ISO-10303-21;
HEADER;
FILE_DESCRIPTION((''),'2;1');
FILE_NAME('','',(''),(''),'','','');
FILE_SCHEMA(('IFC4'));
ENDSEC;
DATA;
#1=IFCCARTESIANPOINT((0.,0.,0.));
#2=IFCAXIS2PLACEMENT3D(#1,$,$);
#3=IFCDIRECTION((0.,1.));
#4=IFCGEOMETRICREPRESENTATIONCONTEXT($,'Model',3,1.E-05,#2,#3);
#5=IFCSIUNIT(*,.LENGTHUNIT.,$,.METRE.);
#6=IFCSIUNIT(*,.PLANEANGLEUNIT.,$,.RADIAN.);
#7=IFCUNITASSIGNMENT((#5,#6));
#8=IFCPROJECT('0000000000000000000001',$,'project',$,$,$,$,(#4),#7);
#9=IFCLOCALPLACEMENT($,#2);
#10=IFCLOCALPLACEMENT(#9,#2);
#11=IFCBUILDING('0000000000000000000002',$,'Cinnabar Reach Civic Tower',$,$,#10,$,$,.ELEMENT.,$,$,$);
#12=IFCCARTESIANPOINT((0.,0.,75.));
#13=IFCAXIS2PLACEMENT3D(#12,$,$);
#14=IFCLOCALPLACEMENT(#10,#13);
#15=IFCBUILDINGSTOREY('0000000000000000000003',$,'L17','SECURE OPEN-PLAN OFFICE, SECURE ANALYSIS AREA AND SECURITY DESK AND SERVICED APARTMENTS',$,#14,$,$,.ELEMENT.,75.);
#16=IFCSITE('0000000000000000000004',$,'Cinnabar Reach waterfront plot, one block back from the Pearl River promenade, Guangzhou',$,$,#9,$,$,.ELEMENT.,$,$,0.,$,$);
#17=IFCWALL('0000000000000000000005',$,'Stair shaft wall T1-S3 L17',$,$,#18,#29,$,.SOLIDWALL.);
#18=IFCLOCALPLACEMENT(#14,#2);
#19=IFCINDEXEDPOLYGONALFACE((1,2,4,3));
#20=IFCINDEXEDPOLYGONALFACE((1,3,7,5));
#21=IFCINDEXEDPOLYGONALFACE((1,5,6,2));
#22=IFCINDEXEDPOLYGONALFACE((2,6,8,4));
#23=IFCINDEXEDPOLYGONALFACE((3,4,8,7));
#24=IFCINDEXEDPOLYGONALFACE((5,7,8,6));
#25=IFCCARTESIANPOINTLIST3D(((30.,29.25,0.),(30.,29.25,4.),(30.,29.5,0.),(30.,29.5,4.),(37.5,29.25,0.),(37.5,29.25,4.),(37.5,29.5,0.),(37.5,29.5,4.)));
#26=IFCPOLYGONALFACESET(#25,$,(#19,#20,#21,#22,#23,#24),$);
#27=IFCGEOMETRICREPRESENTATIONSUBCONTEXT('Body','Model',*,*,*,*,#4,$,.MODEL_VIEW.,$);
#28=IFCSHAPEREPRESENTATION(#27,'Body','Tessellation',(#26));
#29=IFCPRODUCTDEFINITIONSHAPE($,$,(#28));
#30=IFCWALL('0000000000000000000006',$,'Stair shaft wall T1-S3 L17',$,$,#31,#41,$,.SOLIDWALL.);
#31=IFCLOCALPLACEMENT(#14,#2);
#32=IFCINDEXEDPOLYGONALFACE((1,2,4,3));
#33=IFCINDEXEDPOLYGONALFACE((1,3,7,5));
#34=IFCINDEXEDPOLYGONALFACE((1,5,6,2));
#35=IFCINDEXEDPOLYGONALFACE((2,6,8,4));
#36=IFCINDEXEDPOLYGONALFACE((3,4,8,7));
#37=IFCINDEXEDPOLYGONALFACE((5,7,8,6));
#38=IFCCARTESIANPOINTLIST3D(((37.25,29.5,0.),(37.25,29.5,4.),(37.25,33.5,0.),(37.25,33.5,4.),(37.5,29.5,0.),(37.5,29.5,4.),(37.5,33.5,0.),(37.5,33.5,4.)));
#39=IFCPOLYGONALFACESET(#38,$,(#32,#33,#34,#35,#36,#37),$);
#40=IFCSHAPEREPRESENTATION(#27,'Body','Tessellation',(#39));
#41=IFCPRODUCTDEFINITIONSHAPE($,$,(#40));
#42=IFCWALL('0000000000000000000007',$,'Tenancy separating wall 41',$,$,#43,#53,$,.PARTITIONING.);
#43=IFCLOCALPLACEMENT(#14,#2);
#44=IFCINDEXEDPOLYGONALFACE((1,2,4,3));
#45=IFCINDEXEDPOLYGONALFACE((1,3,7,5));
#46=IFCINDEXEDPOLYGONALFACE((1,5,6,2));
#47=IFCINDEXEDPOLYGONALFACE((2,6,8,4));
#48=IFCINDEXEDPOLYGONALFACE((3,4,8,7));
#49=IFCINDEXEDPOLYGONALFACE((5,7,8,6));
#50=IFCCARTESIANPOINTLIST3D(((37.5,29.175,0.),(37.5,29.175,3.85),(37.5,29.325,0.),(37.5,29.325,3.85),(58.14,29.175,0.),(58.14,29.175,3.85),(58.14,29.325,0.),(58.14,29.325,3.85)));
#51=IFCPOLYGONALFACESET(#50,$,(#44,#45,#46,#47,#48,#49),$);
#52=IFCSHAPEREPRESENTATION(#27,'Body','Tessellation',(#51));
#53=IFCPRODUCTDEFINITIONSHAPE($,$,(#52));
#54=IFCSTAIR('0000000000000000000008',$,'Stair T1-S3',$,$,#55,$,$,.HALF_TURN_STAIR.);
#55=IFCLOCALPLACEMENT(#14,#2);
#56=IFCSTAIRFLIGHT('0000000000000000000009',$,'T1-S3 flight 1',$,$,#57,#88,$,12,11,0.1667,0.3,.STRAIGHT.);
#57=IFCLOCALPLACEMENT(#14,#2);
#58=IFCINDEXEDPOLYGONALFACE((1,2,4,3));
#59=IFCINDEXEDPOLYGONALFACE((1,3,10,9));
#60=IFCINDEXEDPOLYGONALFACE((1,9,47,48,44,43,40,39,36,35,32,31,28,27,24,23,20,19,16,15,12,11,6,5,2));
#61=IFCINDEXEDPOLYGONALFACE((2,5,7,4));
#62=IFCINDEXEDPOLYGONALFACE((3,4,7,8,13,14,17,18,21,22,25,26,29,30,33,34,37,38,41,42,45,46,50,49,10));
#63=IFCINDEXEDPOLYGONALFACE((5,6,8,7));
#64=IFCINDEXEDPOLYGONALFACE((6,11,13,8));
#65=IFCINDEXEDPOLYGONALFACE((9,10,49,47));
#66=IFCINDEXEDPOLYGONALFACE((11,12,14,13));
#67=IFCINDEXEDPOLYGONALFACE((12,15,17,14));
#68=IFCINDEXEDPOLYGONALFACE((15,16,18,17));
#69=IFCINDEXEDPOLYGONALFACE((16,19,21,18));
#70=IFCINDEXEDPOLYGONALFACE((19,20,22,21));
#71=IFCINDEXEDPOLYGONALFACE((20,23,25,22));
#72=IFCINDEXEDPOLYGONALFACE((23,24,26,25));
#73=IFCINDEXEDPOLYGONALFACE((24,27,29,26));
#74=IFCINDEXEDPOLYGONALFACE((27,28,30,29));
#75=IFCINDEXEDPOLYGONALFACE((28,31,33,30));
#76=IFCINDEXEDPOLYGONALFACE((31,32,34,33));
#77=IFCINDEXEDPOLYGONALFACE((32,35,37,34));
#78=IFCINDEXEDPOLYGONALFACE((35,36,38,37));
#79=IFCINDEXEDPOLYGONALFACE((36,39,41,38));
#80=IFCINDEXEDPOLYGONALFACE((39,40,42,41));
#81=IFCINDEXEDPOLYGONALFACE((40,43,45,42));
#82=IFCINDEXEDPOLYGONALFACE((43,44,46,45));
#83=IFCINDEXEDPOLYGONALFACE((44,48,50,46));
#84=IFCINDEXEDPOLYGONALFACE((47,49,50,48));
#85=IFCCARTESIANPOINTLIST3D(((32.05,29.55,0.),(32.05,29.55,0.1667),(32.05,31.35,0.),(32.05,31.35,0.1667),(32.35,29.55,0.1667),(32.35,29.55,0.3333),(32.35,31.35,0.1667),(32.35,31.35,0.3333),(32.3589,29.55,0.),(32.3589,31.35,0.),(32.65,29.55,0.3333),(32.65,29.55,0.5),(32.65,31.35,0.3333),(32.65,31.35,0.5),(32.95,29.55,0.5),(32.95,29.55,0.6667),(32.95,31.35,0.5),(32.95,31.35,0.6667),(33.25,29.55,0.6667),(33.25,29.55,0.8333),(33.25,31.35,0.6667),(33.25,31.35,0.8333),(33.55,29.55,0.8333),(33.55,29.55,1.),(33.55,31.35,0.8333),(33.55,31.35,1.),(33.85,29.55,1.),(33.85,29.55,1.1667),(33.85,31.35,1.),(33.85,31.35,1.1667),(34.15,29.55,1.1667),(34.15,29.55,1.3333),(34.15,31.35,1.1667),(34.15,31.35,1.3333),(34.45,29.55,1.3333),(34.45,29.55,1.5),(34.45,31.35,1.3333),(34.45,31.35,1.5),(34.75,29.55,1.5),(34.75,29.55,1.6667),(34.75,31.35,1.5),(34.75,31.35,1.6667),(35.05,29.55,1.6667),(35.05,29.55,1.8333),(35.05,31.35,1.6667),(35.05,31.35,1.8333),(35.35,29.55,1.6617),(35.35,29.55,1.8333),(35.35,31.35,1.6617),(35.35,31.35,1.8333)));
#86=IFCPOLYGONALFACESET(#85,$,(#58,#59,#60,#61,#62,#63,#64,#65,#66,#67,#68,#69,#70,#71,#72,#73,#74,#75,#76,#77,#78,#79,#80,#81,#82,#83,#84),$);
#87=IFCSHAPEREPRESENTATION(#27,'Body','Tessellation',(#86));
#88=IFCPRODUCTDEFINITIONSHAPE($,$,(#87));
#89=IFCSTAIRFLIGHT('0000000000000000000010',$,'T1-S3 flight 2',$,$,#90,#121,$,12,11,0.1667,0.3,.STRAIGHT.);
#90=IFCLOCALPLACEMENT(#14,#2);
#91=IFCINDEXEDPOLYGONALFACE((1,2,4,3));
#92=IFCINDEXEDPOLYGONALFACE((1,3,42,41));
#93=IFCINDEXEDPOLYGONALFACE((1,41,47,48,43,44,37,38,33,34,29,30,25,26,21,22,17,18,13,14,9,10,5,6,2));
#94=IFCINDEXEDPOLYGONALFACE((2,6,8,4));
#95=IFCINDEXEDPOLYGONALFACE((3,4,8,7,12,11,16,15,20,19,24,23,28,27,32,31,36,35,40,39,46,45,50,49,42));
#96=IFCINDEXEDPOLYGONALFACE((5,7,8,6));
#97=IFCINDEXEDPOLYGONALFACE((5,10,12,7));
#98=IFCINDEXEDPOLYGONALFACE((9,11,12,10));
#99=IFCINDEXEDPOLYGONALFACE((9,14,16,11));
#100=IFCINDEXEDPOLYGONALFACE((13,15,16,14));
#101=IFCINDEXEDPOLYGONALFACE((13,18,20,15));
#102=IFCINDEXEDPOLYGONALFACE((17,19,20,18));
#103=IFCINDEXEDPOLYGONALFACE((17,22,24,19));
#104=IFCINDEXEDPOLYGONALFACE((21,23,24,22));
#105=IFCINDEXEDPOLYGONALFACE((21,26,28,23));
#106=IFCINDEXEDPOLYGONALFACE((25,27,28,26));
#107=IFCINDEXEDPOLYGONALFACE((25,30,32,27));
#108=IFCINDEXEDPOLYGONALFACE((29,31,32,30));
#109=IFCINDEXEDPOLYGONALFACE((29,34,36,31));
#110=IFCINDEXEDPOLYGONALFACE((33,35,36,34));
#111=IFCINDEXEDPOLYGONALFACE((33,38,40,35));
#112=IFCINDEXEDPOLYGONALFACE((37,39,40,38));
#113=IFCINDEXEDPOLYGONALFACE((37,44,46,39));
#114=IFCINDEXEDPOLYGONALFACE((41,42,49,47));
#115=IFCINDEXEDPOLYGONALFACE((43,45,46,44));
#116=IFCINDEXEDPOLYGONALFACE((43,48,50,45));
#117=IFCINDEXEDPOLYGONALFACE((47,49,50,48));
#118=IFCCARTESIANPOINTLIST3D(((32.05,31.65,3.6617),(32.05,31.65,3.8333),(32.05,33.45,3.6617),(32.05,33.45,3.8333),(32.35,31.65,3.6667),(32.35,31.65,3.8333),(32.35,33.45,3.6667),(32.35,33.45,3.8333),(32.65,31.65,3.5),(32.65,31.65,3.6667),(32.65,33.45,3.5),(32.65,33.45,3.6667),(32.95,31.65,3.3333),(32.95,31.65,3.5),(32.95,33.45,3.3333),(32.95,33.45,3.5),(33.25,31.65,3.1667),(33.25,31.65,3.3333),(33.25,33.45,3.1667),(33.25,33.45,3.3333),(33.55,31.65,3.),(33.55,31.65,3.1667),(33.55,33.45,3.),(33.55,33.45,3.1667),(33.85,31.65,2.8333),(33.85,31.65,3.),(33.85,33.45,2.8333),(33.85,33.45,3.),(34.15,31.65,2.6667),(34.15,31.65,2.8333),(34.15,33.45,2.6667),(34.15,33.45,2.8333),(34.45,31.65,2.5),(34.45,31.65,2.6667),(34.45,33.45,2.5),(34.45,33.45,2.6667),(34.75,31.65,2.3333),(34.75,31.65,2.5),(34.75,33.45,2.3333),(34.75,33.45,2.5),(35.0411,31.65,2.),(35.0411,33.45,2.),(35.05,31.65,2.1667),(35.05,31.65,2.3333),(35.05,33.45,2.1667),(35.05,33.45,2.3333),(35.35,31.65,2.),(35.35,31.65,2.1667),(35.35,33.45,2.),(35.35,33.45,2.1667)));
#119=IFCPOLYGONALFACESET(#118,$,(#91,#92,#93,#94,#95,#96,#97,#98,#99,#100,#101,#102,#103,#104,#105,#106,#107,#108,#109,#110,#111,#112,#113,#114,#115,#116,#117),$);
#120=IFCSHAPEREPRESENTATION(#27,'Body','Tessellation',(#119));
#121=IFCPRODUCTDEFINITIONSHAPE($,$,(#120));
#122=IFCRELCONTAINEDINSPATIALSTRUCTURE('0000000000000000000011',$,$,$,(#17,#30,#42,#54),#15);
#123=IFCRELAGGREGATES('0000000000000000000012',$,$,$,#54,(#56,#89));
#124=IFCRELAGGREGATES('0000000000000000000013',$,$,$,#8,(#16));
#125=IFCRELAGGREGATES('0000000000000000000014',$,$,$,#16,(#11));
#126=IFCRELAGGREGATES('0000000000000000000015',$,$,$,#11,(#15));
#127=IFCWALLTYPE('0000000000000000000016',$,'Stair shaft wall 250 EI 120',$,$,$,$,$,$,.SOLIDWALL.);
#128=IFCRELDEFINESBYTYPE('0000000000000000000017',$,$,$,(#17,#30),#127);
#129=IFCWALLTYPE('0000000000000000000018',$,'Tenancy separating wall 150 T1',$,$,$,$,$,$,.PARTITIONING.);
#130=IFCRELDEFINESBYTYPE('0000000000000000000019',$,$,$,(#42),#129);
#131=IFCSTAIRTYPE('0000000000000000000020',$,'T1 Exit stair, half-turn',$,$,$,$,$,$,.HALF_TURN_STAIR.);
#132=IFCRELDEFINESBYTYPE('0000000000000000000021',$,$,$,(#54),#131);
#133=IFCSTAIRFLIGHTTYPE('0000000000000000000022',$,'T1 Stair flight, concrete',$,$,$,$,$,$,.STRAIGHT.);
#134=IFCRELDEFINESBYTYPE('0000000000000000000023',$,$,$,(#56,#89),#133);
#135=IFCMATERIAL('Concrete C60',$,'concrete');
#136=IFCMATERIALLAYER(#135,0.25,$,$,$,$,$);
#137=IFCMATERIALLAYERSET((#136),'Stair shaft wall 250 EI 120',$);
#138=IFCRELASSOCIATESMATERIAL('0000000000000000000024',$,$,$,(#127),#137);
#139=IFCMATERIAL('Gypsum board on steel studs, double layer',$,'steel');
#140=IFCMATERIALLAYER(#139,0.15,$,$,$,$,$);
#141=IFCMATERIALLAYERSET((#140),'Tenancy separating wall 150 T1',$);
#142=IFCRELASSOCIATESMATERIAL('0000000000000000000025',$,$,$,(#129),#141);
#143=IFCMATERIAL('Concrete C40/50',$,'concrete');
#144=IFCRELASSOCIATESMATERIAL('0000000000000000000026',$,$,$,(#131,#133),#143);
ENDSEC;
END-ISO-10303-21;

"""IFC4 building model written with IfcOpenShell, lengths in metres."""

from ifc_helpers import new_model, si_unit, direction, frame, frame_2d, origin, place, context, subcontext, project, spatial, polyline, rectangle, outline, extrude, material, layer, layer_set, type_object, element, aggregate, save


model = new_model("IFC4")

# Units and contexts
model_context = context("Model", 3, precision=1e-05, world=origin(), true_north=direction((0.0, 1.0)))
body_context = subcontext(model_context, "Body", "Model", "MODEL_VIEW")
ifc_project = project(units=[si_unit("LENGTHUNIT", "METRE"), si_unit("PLANEANGLEUNIT", "RADIAN")], contexts=[model_context])

# Site, building, storey
site_placement = place(None, origin())
site = spatial("IfcSite", under=ifc_project, at=site_placement, Name="Cinnabar Reach waterfront plot, one block back from the Pearl River promenade, Guangzhou", CompositionType="ELEMENT", RefElevation=0.0)
building_placement = place(site_placement, origin())
building = spatial("IfcBuilding", under=site, at=building_placement, Name="Cinnabar Reach Civic Tower", CompositionType="ELEMENT")
storey_placement = place(building_placement, frame((0.0, 0.0, 75.0)))
storey = spatial("IfcBuildingStorey", under=building, at=storey_placement, Name="L17", Description="SECURE OPEN-PLAN OFFICE, SECURE ANALYSIS AREA AND SECURITY DESK AND SERVICED APARTMENTS", CompositionType="ELEMENT", Elevation=75.0)

# Shared definitions
ifc_material_1 = material(Name="Gypsum board on steel studs, double layer", Category="steel")

# Walls
ifc_material_2 = material(Name="Concrete C60", Category="concrete")
ifc_layer_1 = layer(ifc_material_2, 0.25)
ifc_layer_set_1 = layer_set([ifc_layer_1], Name="Stair shaft wall 250 EI 120")
wall_type_1 = type_object("IfcWallType", Name="Stair shaft wall 250 EI 120", PredefinedType="SOLIDWALL", material=ifc_layer_set_1)
wall_1_placement = place(storey_placement, frame((30.0, 29.375, 0.0), z_axis=(0.0, 0.0, 1.0), x_axis=(1.0, 0.0, 0.0)))
element("IfcWall", 1, at=wall_1_placement, inside=storey, type_object=wall_type_1, Name="Stair shaft wall T1-S3 L17", PredefinedType="SOLIDWALL", context=body_context, shape_type="SweptSolid", body=[
    extrude(rectangle(XDim=7.5, YDim=0.25, at=frame_2d((3.75, 0.0))), origin(), (0.0, 0.0, 1.0), 4.0),
])
wall_2_placement = place(storey_placement, frame((37.375, 29.5, 0.0), z_axis=(0.0, 0.0, 1.0), x_axis=(0.0, 1.0, 0.0)))
element("IfcWall", 2, at=wall_2_placement, inside=storey, type_object=wall_type_1, Name="Stair shaft wall T1-S3 L17", PredefinedType="SOLIDWALL", context=body_context, shape_type="SweptSolid", body=[
    extrude(rectangle(XDim=4.0, YDim=0.25, at=frame_2d((2.0, 0.0))), origin(), (0.0, 0.0, 1.0), 4.0),
])
ifc_layer_2 = layer(ifc_material_1, 0.15)
ifc_layer_set_2 = layer_set([ifc_layer_2], Name="Tenancy separating wall 150 T1")
wall_type_2 = type_object("IfcWallType", Name="Tenancy separating wall 150 T1", PredefinedType="PARTITIONING", material=ifc_layer_set_2)
wall_3_placement = place(storey_placement, frame((37.5, 29.25, 0.0), z_axis=(0.0, 0.0, 1.0), x_axis=(1.0, 0.0, 0.0)))
element("IfcWall", 3, at=wall_3_placement, inside=storey, type_object=wall_type_2, Name="Tenancy separating wall 41", PredefinedType="PARTITIONING", context=body_context, shape_type="SweptSolid", body=[
    extrude(rectangle(XDim=20.64, YDim=0.15, at=frame_2d((10.32, 0.0))), origin(), (0.0, 0.0, 1.0), 3.85),
])

# Stair, stair flights
ifc_material_3 = material(Name="Concrete C40/50", Category="concrete")
stair_type = type_object("IfcStairType", Name="T1 Exit stair, half-turn", PredefinedType="HALF_TURN_STAIR", material=ifc_material_3)
stair_placement = place(storey_placement, origin())
stair = element("IfcStair", 4, at=stair_placement, inside=storey, type_object=stair_type, Name="Stair T1-S3", PredefinedType="HALF_TURN_STAIR")
stair_flight_type = type_object("IfcStairFlightType", Name="T1 Stair flight, concrete", PredefinedType="STRAIGHT", material=ifc_material_3)
stair_flight_1_placement = place(storey_placement, frame((32.05, 30.45, 0.0), z_axis=(0.0, 0.0, 1.0), x_axis=(1.0, 0.0, 0.0)))
stair_flight_1 = element("IfcStairFlight", 5, at=stair_flight_1_placement, type_object=stair_flight_type, Name="T1-S3 flight 1", NumberOfRisers=12, NumberOfTreads=11, PredefinedType="STRAIGHT", RiserHeight=0.1667, TreadLength=0.3, context=body_context, shape_type="SweptSolid", body=[
    extrude(outline(polyline([(0.0, 0.0), (0.0, 0.1667), (0.3, 0.1667), (0.3, 0.3333), (0.6, 0.3333), (0.6, 0.5), (0.9, 0.5), (0.9, 0.6667), (1.2, 0.6667), (1.2, 0.8333), (1.5, 0.8333), (1.5, 1.0), (1.8, 1.0), (1.8, 1.1667), (2.1, 1.1667), (2.1, 1.3333), (2.4, 1.3333), (2.4, 1.5), (2.7, 1.5), (2.7, 1.6667), (3.0, 1.6667), (3.0, 1.8333), (3.3, 1.8333), (3.3, 2.0), (3.3, 1.6617), (0.3089, 0.0), (0.0, 0.0)])), frame((0.0, 0.9, 0.0), z_axis=(0.0, -1.0, 0.0), x_axis=(1.0, 0.0, 0.0)), (0.0, 0.0, 1.0), 1.8),
])
stair_flight_2_placement = place(storey_placement, frame((35.35, 32.55, 2.0), z_axis=(0.0, 0.0, 1.0), x_axis=(-1.0, 0.0, 0.0)))
stair_flight_2 = element("IfcStairFlight", 6, at=stair_flight_2_placement, type_object=stair_flight_type, Name="T1-S3 flight 2", NumberOfRisers=12, NumberOfTreads=11, PredefinedType="STRAIGHT", RiserHeight=0.1667, TreadLength=0.3, context=body_context, shape_type="SweptSolid", body=[
    extrude(outline(polyline([(0.0, 0.0), (0.0, 0.1667), (0.3, 0.1667), (0.3, 0.3333), (0.6, 0.3333), (0.6, 0.5), (0.9, 0.5), (0.9, 0.6667), (1.2, 0.6667), (1.2, 0.8333), (1.5, 0.8333), (1.5, 1.0), (1.8, 1.0), (1.8, 1.1667), (2.1, 1.1667), (2.1, 1.3333), (2.4, 1.3333), (2.4, 1.5), (2.7, 1.5), (2.7, 1.6667), (3.0, 1.6667), (3.0, 1.8333), (3.3, 1.8333), (3.3, 2.0), (3.3, 1.6617), (0.3089, 0.0), (0.0, 0.0)])), frame((0.0, 0.9, 0.0), z_axis=(0.0, -1.0, 0.0), x_axis=(1.0, 0.0, 0.0)), (0.0, 0.0, 1.0), 1.8),
])
aggregate(stair, [stair_flight_1, stair_flight_2])

save(model, "model.ifc")
